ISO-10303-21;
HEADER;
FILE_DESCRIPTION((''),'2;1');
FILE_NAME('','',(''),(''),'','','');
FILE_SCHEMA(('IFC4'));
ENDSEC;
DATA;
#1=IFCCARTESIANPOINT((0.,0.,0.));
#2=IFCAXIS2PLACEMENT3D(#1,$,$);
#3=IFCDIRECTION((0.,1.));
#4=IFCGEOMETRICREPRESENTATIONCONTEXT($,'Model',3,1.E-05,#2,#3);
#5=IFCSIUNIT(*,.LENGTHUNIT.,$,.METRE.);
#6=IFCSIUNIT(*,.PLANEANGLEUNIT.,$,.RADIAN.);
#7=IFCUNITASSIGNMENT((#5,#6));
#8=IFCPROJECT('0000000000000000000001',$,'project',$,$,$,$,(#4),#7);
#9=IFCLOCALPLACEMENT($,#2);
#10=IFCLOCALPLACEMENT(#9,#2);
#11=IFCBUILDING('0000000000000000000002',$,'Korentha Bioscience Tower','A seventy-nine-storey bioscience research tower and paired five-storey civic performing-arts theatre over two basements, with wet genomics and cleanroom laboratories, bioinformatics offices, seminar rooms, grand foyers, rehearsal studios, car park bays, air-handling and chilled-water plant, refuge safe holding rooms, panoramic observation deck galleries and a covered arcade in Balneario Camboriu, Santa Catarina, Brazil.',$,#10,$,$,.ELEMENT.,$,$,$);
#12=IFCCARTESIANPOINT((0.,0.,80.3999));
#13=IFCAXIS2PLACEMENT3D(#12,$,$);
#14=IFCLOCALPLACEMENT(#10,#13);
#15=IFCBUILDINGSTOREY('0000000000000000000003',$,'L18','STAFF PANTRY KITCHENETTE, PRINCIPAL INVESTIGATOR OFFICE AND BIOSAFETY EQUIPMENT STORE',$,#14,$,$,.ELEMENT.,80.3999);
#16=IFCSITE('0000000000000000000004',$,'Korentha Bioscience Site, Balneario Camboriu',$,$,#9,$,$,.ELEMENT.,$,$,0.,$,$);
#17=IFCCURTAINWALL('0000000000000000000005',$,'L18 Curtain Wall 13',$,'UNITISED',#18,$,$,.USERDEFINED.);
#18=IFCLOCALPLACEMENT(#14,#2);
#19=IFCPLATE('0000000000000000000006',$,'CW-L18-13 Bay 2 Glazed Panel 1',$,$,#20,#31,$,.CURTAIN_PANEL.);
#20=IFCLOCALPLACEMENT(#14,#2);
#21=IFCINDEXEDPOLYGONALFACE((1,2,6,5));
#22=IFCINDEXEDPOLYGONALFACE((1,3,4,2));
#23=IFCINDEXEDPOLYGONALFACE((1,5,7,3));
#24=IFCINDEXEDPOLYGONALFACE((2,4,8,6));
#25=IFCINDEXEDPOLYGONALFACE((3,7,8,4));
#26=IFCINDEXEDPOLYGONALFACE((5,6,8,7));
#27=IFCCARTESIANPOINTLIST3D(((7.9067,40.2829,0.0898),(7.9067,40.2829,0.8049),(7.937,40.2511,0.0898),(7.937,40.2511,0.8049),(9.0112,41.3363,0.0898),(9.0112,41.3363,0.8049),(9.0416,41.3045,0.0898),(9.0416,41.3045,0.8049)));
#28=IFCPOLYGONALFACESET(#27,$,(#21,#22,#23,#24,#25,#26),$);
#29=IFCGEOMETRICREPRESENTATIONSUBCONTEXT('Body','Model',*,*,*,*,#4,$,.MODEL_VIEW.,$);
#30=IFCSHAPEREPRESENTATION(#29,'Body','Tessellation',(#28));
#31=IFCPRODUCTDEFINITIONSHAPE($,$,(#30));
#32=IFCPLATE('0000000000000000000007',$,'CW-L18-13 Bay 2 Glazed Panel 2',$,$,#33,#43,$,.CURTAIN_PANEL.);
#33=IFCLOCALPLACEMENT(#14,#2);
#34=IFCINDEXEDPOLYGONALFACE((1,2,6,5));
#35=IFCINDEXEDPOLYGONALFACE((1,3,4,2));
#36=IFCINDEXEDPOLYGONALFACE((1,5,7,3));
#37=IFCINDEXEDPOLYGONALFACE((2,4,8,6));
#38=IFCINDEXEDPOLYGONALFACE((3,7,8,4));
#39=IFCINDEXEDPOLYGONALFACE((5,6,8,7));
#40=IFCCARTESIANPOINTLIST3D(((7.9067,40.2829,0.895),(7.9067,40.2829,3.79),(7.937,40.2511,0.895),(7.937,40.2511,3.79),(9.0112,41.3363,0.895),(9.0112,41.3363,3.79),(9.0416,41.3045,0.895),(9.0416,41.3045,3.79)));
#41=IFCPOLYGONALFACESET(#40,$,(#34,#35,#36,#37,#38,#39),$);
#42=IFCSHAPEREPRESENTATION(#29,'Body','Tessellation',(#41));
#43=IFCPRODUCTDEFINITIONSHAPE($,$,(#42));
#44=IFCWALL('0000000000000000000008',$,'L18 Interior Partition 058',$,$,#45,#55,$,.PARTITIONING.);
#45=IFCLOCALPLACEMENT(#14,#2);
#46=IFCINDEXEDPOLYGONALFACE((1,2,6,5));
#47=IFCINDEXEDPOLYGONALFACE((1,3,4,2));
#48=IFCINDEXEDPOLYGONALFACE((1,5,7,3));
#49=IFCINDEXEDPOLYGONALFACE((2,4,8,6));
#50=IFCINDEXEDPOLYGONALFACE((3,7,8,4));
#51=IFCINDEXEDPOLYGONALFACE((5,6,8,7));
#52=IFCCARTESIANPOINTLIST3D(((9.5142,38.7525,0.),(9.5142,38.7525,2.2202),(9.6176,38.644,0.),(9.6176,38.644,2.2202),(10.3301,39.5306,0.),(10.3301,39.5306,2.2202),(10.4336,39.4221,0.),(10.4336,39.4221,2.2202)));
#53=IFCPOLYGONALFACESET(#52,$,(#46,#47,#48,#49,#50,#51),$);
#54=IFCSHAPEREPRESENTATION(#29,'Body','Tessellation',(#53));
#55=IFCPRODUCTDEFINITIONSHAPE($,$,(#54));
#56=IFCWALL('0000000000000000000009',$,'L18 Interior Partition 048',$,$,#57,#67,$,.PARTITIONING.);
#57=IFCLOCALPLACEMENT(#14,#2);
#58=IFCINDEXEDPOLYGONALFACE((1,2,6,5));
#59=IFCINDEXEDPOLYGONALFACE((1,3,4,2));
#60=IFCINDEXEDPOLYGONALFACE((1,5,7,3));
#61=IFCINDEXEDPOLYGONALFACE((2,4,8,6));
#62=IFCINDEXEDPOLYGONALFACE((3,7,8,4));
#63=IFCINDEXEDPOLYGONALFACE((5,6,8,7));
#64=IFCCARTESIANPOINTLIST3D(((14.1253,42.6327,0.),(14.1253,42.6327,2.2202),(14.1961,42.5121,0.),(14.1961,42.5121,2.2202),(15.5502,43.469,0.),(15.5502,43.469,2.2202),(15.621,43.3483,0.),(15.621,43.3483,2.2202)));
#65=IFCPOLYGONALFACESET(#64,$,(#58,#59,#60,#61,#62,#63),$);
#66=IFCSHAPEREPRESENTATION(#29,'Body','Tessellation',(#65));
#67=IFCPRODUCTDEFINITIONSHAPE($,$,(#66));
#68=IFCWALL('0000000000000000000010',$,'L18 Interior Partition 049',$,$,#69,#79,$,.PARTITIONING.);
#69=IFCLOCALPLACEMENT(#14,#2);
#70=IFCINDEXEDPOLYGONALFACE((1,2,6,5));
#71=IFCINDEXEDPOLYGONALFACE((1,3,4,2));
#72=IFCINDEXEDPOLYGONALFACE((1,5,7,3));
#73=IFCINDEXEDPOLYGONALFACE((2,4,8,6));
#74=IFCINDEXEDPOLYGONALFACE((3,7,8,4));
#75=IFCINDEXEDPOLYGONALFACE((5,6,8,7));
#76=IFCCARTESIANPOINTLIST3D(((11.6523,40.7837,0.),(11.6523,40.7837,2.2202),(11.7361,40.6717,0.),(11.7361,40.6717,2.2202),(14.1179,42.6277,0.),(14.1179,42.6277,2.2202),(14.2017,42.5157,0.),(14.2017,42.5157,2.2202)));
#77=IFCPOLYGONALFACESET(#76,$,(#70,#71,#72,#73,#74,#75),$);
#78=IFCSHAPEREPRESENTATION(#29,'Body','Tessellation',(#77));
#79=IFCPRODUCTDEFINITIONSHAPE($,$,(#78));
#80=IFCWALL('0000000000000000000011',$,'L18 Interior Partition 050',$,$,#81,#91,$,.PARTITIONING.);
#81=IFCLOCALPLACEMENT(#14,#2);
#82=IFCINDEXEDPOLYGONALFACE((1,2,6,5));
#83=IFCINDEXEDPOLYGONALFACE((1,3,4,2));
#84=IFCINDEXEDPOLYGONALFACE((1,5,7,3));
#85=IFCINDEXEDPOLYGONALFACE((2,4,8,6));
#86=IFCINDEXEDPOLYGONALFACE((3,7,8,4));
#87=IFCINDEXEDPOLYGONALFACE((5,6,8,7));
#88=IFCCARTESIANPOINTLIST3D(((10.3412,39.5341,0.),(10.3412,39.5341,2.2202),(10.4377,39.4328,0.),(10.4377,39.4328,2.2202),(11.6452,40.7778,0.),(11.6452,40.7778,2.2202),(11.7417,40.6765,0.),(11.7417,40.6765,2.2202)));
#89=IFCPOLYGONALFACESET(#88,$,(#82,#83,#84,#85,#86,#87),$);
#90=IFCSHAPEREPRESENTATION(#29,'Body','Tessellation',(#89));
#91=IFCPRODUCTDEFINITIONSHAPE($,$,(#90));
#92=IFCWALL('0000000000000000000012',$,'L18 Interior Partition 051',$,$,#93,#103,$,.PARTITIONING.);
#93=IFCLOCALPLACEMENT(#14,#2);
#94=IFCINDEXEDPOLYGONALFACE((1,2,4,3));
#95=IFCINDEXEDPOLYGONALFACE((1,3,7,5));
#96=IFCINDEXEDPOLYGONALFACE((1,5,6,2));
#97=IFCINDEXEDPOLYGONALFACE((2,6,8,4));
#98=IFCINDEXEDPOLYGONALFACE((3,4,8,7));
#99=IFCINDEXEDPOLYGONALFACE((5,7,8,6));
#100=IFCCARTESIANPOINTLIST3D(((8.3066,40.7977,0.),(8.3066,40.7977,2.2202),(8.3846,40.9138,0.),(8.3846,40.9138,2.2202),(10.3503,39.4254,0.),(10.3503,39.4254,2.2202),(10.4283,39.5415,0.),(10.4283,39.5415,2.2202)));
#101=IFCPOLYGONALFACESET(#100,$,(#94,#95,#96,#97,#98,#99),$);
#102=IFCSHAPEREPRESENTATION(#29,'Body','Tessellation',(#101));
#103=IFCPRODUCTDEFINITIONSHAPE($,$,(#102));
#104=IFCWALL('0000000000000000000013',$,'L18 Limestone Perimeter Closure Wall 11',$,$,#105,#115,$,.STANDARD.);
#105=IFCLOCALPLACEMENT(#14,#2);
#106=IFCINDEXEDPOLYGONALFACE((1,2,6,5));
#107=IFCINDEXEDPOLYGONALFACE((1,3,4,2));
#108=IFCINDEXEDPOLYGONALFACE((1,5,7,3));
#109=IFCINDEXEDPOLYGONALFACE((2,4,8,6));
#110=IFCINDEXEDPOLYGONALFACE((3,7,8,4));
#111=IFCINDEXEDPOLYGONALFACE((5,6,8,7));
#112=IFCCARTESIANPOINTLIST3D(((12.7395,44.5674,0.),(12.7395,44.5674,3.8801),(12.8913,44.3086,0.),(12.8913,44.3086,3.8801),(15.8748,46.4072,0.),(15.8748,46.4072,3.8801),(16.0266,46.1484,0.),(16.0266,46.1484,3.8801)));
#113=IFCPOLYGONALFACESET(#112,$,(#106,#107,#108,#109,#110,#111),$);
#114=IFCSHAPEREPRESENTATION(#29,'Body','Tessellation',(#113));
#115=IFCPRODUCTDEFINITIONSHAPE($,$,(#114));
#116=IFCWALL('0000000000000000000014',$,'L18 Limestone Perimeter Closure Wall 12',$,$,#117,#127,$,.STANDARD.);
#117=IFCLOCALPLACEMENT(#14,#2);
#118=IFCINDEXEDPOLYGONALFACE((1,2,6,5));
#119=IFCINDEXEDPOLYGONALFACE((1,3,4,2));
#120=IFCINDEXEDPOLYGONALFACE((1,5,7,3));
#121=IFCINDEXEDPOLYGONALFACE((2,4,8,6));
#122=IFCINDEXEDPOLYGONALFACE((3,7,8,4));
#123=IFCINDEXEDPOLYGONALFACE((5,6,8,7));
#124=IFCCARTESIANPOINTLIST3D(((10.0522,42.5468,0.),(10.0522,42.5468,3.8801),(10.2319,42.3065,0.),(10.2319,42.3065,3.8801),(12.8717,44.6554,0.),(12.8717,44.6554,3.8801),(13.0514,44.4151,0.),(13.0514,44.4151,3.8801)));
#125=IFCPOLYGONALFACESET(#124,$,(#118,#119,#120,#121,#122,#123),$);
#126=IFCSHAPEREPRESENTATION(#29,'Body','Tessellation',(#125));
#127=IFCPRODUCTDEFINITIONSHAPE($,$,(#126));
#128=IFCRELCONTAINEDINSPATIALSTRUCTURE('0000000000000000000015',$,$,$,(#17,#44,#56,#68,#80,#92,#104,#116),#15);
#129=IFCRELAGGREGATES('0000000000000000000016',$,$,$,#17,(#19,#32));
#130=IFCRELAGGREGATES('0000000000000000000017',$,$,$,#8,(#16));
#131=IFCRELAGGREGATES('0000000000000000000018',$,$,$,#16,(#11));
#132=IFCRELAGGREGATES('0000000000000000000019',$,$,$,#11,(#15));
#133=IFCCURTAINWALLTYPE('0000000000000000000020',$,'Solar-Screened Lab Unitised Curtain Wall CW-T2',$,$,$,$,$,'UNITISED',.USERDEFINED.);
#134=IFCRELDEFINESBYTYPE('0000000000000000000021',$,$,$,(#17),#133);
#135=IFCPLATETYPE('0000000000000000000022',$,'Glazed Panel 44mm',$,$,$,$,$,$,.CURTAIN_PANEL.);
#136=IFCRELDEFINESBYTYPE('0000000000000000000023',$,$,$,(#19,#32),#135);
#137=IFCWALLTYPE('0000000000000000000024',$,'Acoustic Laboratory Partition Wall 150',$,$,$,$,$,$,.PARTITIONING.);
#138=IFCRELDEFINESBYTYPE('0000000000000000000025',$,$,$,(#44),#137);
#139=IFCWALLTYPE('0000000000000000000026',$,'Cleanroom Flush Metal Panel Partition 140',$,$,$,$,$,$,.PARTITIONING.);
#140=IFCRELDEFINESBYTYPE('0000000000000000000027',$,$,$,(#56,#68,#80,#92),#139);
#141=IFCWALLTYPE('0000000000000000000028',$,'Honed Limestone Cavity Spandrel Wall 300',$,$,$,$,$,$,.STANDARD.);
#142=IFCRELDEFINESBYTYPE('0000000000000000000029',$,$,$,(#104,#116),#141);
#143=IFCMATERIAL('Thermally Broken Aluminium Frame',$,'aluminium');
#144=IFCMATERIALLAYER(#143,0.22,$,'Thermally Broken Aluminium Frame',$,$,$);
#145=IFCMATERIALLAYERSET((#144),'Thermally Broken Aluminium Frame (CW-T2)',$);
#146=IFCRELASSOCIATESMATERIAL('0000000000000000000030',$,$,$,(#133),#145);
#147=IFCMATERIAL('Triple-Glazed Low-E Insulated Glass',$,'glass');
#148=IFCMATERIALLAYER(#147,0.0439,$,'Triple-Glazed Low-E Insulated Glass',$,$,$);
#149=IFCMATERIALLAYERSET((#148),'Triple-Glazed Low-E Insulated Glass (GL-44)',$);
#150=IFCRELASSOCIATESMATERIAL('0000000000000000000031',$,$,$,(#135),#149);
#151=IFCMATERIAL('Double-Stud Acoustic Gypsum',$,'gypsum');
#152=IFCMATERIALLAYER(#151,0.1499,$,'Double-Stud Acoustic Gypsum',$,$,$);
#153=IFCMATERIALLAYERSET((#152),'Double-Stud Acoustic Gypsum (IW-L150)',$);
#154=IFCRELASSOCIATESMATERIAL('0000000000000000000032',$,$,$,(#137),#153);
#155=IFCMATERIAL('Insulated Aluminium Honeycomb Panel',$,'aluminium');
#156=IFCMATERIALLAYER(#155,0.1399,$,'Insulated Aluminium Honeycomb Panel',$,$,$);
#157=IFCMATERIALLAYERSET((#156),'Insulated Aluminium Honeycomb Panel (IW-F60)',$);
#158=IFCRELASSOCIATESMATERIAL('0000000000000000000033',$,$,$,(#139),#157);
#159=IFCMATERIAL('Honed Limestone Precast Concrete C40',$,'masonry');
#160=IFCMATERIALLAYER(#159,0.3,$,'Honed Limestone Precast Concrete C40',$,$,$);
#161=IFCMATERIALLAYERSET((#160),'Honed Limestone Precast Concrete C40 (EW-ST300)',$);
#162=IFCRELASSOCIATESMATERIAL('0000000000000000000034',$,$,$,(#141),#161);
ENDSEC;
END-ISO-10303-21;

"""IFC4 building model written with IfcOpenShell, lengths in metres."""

from ifc_helpers import new_model, si_unit, direction, frame, frame_2d, origin, origin_2d, place, context, subcontext, project, spatial, rectangle, extrude, material, layer, layer_set, type_object, element, aggregate, save


model = new_model("IFC4")

# Units and contexts
model_context = context("Model", 3, precision=1e-05, world=origin(), true_north=direction((0.0, 1.0)))
body_context = subcontext(model_context, "Body", "Model", "MODEL_VIEW")
ifc_project = project(units=[si_unit("LENGTHUNIT", "METRE"), si_unit("PLANEANGLEUNIT", "RADIAN")], contexts=[model_context])

# Site, building, storey
site_placement = place(None, origin())
site = spatial("IfcSite", under=ifc_project, at=site_placement, Name="Korentha Bioscience Site, Balneario Camboriu", CompositionType="ELEMENT", RefElevation=0.0)
building_placement = place(site_placement, origin())
building = spatial("IfcBuilding", under=site, at=building_placement, Name="Korentha Bioscience Tower", Description="A seventy-nine-storey bioscience research tower and paired five-storey civic performing-arts theatre over two basements, with wet genomics and cleanroom laboratories, bioinformatics offices, seminar rooms, grand foyers, rehearsal studios, car park bays, air-handling and chilled-water plant, refuge safe holding rooms, panoramic observation deck galleries and a covered arcade in Balneario Camboriu, Santa Catarina, Brazil.", CompositionType="ELEMENT")
storey_placement = place(building_placement, frame((0.0, 0.0, 80.3999)))
storey = spatial("IfcBuildingStorey", under=building, at=storey_placement, Name="L18", Description="STAFF PANTRY KITCHENETTE, PRINCIPAL INVESTIGATOR OFFICE AND BIOSAFETY EQUIPMENT STORE", CompositionType="ELEMENT", Elevation=80.3999)

# Curtain wall, plates
ifc_material_1 = material(Name="Thermally Broken Aluminium Frame", Category="aluminium")
ifc_layer_1 = layer(ifc_material_1, 0.22, Name="Thermally Broken Aluminium Frame")
ifc_layer_set_1 = layer_set([ifc_layer_1], Name="Thermally Broken Aluminium Frame (CW-T2)")
curtain_wall_type = type_object("IfcCurtainWallType", Name="Solar-Screened Lab Unitised Curtain Wall CW-T2", ElementType="UNITISED", PredefinedType="USERDEFINED", material=ifc_layer_set_1)
curtain_wall_placement = place(storey_placement, origin())
curtain_wall = element("IfcCurtainWall", 1, at=curtain_wall_placement, inside=storey, type_object=curtain_wall_type, Name="L18 Curtain Wall 13", ObjectType="UNITISED", PredefinedType="USERDEFINED")
ifc_material_2 = material(Name="Triple-Glazed Low-E Insulated Glass", Category="glass")
ifc_layer_2 = layer(ifc_material_2, 0.0439, Name="Triple-Glazed Low-E Insulated Glass")
ifc_layer_set_2 = layer_set([ifc_layer_2], Name="Triple-Glazed Low-E Insulated Glass (GL-44)")
plate_type = type_object("IfcPlateType", Name="Glazed Panel 44mm", PredefinedType="CURTAIN_PANEL", material=ifc_layer_set_2)
plate_1_placement = place(storey_placement, frame((8.4741, 40.7937, 0.0898), z_axis=(0.0, 0.0, 1.0), x_axis=(-0.723642, -0.690176, 0.0)))
plate_1 = element("IfcPlate", 2, at=plate_1_placement, type_object=plate_type, Name="CW-L18-13 Bay 2 Glazed Panel 1", PredefinedType="CURTAIN_PANEL", context=body_context, shape_type="SweptSolid", body=[
    extrude(rectangle(XDim=1.5264, YDim=0.0439, at=origin_2d()), origin(), (0.0, 0.0, 1.0), 0.7151),
])
plate_2_placement = place(storey_placement, frame((8.4741, 40.7937, 0.895), z_axis=(0.0, 0.0, 1.0), x_axis=(-0.723642, -0.690176, 0.0)))
plate_2 = element("IfcPlate", 3, at=plate_2_placement, type_object=plate_type, Name="CW-L18-13 Bay 2 Glazed Panel 2", PredefinedType="CURTAIN_PANEL", context=body_context, shape_type="SweptSolid", body=[
    extrude(rectangle(XDim=1.5264, YDim=0.0439, at=origin_2d()), origin(), (0.0, 0.0, 1.0), 2.895),
])
aggregate(curtain_wall, [plate_1, plate_2])

# Walls
ifc_material_3 = material(Name="Double-Stud Acoustic Gypsum", Category="gypsum")
ifc_layer_3 = layer(ifc_material_3, 0.1499, Name="Double-Stud Acoustic Gypsum")
ifc_layer_set_3 = layer_set([ifc_layer_3], Name="Double-Stud Acoustic Gypsum (IW-L150)")
wall_type_1 = type_object("IfcWallType", Name="Acoustic Laboratory Partition Wall 150", PredefinedType="PARTITIONING", material=ifc_layer_set_3)
wall_1_placement = place(storey_placement, frame((10.3818, 39.4763, 0.0), z_axis=(0.0, 0.0, 1.0), x_axis=(-0.72369, -0.690125, 0.0)))
element("IfcWall", 4, at=wall_1_placement, inside=storey, type_object=wall_type_1, Name="L18 Interior Partition 058", PredefinedType="PARTITIONING", context=body_context, shape_type="SweptSolid", body=[
    extrude(rectangle(XDim=1.1274, YDim=0.1499, at=frame_2d((0.5637, 0.0))), origin(), (0.0, 0.0, 1.0), 2.2202),
])
ifc_material_4 = material(Name="Insulated Aluminium Honeycomb Panel", Category="aluminium")
ifc_layer_4 = layer(ifc_material_4, 0.1399, Name="Insulated Aluminium Honeycomb Panel")
ifc_layer_set_4 = layer_set([ifc_layer_4], Name="Insulated Aluminium Honeycomb Panel (IW-F60)")
wall_type_2 = type_object("IfcWallType", Name="Cleanroom Flush Metal Panel Partition 140", PredefinedType="PARTITIONING", material=ifc_layer_set_4)
wall_2_placement = place(storey_placement, frame((15.5857, 43.4087, 0.0), z_axis=(0.0, 0.0, 1.0), x_axis=(-0.862447, -0.506148, 0.0)))
element("IfcWall", 5, at=wall_2_placement, inside=storey, type_object=wall_type_2, Name="L18 Interior Partition 048", PredefinedType="PARTITIONING", context=body_context, shape_type="SweptSolid", body=[
    extrude(rectangle(XDim=1.6521, YDim=0.1399, at=frame_2d((0.8262, 0.0))), origin(), (0.0, 0.0, 1.0), 2.2202),
])
wall_3_placement = place(storey_placement, frame((14.1599, 42.5718, 0.0), z_axis=(0.0, 0.0, 1.0), x_axis=(-0.800808, -0.598921, 0.0)))
element("IfcWall", 6, at=wall_3_placement, inside=storey, type_object=wall_type_2, Name="L18 Interior Partition 049", PredefinedType="PARTITIONING", context=body_context, shape_type="SweptSolid", body=[
    extrude(rectangle(XDim=3.0789, YDim=0.1399, at=frame_2d((1.5396, 0.0))), origin(), (0.0, 0.0, 1.0), 2.2202),
])
wall_4_placement = place(storey_placement, frame((11.6934, 40.7271, 0.0), z_axis=(0.0, 0.0, 1.0), x_axis=(-0.723642, -0.690176, 0.0)))
element("IfcWall", 7, at=wall_4_placement, inside=storey, type_object=wall_type_2, Name="L18 Interior Partition 050", PredefinedType="PARTITIONING", context=body_context, shape_type="SweptSolid", body=[
    extrude(rectangle(XDim=1.802, YDim=0.1399, at=frame_2d((0.9009, 0.0))), origin(), (0.0, 0.0, 1.0), 2.2202),
])
wall_5_placement = place(storey_placement, frame((10.3894, 39.4834, 0.0), z_axis=(0.0, 0.0, 1.0), x_axis=(-0.830199, 0.557466, 0.0)))
element("IfcWall", 8, at=wall_5_placement, inside=storey, type_object=wall_type_2, Name="L18 Interior Partition 051", PredefinedType="PARTITIONING", context=body_context, shape_type="SweptSolid", body=[
    extrude(rectangle(XDim=2.4617, YDim=0.1399, at=frame_2d((1.231, 0.0))), origin(), (0.0, 0.0, 1.0), 2.2202),
])

# Shared definitions
ifc_material_5 = material(Name="Honed Limestone Precast Concrete C40", Category="masonry")
ifc_layer_5 = layer(ifc_material_5, 0.3, Name="Honed Limestone Precast Concrete C40")
ifc_layer_set_5 = layer_set([ifc_layer_5], Name="Honed Limestone Precast Concrete C40 (EW-ST300)")
wall_type_3 = type_object("IfcWallType", Name="Honed Limestone Cavity Spandrel Wall 300", PredefinedType="STANDARD", material=ifc_layer_set_5)

# Walls
wall_6_placement = place(storey_placement, frame((15.9507, 46.2778, 0.0), z_axis=(0.0, 0.0, 1.0), x_axis=(-0.862465, -0.506116, 0.0)))
element("IfcWall", 9, at=wall_6_placement, inside=storey, type_object=wall_type_3, Name="L18 Limestone Perimeter Closure Wall 11", PredefinedType="STANDARD", context=body_context, shape_type="SweptSolid", body=[
    extrude(rectangle(XDim=3.6353, YDim=0.3, at=frame_2d((1.8176, 0.0))), origin(), (0.0, 0.0, 1.0), 3.8801),
])
wall_7_placement = place(storey_placement, frame((12.9614, 44.5352, 0.0), z_axis=(0.0, 0.0, 1.0), x_axis=(-0.800823, -0.598901, 0.0)))
element("IfcWall", 10, at=wall_7_placement, inside=storey, type_object=wall_type_3, Name="L18 Limestone Perimeter Closure Wall 12", PredefinedType="STANDARD", context=body_context, shape_type="SweptSolid", body=[
    extrude(rectangle(XDim=3.5208, YDim=0.3, at=frame_2d((1.7603, 0.0))), origin(), (0.0, 0.0, 1.0), 3.8801),
])

save(model, "model.ifc")
